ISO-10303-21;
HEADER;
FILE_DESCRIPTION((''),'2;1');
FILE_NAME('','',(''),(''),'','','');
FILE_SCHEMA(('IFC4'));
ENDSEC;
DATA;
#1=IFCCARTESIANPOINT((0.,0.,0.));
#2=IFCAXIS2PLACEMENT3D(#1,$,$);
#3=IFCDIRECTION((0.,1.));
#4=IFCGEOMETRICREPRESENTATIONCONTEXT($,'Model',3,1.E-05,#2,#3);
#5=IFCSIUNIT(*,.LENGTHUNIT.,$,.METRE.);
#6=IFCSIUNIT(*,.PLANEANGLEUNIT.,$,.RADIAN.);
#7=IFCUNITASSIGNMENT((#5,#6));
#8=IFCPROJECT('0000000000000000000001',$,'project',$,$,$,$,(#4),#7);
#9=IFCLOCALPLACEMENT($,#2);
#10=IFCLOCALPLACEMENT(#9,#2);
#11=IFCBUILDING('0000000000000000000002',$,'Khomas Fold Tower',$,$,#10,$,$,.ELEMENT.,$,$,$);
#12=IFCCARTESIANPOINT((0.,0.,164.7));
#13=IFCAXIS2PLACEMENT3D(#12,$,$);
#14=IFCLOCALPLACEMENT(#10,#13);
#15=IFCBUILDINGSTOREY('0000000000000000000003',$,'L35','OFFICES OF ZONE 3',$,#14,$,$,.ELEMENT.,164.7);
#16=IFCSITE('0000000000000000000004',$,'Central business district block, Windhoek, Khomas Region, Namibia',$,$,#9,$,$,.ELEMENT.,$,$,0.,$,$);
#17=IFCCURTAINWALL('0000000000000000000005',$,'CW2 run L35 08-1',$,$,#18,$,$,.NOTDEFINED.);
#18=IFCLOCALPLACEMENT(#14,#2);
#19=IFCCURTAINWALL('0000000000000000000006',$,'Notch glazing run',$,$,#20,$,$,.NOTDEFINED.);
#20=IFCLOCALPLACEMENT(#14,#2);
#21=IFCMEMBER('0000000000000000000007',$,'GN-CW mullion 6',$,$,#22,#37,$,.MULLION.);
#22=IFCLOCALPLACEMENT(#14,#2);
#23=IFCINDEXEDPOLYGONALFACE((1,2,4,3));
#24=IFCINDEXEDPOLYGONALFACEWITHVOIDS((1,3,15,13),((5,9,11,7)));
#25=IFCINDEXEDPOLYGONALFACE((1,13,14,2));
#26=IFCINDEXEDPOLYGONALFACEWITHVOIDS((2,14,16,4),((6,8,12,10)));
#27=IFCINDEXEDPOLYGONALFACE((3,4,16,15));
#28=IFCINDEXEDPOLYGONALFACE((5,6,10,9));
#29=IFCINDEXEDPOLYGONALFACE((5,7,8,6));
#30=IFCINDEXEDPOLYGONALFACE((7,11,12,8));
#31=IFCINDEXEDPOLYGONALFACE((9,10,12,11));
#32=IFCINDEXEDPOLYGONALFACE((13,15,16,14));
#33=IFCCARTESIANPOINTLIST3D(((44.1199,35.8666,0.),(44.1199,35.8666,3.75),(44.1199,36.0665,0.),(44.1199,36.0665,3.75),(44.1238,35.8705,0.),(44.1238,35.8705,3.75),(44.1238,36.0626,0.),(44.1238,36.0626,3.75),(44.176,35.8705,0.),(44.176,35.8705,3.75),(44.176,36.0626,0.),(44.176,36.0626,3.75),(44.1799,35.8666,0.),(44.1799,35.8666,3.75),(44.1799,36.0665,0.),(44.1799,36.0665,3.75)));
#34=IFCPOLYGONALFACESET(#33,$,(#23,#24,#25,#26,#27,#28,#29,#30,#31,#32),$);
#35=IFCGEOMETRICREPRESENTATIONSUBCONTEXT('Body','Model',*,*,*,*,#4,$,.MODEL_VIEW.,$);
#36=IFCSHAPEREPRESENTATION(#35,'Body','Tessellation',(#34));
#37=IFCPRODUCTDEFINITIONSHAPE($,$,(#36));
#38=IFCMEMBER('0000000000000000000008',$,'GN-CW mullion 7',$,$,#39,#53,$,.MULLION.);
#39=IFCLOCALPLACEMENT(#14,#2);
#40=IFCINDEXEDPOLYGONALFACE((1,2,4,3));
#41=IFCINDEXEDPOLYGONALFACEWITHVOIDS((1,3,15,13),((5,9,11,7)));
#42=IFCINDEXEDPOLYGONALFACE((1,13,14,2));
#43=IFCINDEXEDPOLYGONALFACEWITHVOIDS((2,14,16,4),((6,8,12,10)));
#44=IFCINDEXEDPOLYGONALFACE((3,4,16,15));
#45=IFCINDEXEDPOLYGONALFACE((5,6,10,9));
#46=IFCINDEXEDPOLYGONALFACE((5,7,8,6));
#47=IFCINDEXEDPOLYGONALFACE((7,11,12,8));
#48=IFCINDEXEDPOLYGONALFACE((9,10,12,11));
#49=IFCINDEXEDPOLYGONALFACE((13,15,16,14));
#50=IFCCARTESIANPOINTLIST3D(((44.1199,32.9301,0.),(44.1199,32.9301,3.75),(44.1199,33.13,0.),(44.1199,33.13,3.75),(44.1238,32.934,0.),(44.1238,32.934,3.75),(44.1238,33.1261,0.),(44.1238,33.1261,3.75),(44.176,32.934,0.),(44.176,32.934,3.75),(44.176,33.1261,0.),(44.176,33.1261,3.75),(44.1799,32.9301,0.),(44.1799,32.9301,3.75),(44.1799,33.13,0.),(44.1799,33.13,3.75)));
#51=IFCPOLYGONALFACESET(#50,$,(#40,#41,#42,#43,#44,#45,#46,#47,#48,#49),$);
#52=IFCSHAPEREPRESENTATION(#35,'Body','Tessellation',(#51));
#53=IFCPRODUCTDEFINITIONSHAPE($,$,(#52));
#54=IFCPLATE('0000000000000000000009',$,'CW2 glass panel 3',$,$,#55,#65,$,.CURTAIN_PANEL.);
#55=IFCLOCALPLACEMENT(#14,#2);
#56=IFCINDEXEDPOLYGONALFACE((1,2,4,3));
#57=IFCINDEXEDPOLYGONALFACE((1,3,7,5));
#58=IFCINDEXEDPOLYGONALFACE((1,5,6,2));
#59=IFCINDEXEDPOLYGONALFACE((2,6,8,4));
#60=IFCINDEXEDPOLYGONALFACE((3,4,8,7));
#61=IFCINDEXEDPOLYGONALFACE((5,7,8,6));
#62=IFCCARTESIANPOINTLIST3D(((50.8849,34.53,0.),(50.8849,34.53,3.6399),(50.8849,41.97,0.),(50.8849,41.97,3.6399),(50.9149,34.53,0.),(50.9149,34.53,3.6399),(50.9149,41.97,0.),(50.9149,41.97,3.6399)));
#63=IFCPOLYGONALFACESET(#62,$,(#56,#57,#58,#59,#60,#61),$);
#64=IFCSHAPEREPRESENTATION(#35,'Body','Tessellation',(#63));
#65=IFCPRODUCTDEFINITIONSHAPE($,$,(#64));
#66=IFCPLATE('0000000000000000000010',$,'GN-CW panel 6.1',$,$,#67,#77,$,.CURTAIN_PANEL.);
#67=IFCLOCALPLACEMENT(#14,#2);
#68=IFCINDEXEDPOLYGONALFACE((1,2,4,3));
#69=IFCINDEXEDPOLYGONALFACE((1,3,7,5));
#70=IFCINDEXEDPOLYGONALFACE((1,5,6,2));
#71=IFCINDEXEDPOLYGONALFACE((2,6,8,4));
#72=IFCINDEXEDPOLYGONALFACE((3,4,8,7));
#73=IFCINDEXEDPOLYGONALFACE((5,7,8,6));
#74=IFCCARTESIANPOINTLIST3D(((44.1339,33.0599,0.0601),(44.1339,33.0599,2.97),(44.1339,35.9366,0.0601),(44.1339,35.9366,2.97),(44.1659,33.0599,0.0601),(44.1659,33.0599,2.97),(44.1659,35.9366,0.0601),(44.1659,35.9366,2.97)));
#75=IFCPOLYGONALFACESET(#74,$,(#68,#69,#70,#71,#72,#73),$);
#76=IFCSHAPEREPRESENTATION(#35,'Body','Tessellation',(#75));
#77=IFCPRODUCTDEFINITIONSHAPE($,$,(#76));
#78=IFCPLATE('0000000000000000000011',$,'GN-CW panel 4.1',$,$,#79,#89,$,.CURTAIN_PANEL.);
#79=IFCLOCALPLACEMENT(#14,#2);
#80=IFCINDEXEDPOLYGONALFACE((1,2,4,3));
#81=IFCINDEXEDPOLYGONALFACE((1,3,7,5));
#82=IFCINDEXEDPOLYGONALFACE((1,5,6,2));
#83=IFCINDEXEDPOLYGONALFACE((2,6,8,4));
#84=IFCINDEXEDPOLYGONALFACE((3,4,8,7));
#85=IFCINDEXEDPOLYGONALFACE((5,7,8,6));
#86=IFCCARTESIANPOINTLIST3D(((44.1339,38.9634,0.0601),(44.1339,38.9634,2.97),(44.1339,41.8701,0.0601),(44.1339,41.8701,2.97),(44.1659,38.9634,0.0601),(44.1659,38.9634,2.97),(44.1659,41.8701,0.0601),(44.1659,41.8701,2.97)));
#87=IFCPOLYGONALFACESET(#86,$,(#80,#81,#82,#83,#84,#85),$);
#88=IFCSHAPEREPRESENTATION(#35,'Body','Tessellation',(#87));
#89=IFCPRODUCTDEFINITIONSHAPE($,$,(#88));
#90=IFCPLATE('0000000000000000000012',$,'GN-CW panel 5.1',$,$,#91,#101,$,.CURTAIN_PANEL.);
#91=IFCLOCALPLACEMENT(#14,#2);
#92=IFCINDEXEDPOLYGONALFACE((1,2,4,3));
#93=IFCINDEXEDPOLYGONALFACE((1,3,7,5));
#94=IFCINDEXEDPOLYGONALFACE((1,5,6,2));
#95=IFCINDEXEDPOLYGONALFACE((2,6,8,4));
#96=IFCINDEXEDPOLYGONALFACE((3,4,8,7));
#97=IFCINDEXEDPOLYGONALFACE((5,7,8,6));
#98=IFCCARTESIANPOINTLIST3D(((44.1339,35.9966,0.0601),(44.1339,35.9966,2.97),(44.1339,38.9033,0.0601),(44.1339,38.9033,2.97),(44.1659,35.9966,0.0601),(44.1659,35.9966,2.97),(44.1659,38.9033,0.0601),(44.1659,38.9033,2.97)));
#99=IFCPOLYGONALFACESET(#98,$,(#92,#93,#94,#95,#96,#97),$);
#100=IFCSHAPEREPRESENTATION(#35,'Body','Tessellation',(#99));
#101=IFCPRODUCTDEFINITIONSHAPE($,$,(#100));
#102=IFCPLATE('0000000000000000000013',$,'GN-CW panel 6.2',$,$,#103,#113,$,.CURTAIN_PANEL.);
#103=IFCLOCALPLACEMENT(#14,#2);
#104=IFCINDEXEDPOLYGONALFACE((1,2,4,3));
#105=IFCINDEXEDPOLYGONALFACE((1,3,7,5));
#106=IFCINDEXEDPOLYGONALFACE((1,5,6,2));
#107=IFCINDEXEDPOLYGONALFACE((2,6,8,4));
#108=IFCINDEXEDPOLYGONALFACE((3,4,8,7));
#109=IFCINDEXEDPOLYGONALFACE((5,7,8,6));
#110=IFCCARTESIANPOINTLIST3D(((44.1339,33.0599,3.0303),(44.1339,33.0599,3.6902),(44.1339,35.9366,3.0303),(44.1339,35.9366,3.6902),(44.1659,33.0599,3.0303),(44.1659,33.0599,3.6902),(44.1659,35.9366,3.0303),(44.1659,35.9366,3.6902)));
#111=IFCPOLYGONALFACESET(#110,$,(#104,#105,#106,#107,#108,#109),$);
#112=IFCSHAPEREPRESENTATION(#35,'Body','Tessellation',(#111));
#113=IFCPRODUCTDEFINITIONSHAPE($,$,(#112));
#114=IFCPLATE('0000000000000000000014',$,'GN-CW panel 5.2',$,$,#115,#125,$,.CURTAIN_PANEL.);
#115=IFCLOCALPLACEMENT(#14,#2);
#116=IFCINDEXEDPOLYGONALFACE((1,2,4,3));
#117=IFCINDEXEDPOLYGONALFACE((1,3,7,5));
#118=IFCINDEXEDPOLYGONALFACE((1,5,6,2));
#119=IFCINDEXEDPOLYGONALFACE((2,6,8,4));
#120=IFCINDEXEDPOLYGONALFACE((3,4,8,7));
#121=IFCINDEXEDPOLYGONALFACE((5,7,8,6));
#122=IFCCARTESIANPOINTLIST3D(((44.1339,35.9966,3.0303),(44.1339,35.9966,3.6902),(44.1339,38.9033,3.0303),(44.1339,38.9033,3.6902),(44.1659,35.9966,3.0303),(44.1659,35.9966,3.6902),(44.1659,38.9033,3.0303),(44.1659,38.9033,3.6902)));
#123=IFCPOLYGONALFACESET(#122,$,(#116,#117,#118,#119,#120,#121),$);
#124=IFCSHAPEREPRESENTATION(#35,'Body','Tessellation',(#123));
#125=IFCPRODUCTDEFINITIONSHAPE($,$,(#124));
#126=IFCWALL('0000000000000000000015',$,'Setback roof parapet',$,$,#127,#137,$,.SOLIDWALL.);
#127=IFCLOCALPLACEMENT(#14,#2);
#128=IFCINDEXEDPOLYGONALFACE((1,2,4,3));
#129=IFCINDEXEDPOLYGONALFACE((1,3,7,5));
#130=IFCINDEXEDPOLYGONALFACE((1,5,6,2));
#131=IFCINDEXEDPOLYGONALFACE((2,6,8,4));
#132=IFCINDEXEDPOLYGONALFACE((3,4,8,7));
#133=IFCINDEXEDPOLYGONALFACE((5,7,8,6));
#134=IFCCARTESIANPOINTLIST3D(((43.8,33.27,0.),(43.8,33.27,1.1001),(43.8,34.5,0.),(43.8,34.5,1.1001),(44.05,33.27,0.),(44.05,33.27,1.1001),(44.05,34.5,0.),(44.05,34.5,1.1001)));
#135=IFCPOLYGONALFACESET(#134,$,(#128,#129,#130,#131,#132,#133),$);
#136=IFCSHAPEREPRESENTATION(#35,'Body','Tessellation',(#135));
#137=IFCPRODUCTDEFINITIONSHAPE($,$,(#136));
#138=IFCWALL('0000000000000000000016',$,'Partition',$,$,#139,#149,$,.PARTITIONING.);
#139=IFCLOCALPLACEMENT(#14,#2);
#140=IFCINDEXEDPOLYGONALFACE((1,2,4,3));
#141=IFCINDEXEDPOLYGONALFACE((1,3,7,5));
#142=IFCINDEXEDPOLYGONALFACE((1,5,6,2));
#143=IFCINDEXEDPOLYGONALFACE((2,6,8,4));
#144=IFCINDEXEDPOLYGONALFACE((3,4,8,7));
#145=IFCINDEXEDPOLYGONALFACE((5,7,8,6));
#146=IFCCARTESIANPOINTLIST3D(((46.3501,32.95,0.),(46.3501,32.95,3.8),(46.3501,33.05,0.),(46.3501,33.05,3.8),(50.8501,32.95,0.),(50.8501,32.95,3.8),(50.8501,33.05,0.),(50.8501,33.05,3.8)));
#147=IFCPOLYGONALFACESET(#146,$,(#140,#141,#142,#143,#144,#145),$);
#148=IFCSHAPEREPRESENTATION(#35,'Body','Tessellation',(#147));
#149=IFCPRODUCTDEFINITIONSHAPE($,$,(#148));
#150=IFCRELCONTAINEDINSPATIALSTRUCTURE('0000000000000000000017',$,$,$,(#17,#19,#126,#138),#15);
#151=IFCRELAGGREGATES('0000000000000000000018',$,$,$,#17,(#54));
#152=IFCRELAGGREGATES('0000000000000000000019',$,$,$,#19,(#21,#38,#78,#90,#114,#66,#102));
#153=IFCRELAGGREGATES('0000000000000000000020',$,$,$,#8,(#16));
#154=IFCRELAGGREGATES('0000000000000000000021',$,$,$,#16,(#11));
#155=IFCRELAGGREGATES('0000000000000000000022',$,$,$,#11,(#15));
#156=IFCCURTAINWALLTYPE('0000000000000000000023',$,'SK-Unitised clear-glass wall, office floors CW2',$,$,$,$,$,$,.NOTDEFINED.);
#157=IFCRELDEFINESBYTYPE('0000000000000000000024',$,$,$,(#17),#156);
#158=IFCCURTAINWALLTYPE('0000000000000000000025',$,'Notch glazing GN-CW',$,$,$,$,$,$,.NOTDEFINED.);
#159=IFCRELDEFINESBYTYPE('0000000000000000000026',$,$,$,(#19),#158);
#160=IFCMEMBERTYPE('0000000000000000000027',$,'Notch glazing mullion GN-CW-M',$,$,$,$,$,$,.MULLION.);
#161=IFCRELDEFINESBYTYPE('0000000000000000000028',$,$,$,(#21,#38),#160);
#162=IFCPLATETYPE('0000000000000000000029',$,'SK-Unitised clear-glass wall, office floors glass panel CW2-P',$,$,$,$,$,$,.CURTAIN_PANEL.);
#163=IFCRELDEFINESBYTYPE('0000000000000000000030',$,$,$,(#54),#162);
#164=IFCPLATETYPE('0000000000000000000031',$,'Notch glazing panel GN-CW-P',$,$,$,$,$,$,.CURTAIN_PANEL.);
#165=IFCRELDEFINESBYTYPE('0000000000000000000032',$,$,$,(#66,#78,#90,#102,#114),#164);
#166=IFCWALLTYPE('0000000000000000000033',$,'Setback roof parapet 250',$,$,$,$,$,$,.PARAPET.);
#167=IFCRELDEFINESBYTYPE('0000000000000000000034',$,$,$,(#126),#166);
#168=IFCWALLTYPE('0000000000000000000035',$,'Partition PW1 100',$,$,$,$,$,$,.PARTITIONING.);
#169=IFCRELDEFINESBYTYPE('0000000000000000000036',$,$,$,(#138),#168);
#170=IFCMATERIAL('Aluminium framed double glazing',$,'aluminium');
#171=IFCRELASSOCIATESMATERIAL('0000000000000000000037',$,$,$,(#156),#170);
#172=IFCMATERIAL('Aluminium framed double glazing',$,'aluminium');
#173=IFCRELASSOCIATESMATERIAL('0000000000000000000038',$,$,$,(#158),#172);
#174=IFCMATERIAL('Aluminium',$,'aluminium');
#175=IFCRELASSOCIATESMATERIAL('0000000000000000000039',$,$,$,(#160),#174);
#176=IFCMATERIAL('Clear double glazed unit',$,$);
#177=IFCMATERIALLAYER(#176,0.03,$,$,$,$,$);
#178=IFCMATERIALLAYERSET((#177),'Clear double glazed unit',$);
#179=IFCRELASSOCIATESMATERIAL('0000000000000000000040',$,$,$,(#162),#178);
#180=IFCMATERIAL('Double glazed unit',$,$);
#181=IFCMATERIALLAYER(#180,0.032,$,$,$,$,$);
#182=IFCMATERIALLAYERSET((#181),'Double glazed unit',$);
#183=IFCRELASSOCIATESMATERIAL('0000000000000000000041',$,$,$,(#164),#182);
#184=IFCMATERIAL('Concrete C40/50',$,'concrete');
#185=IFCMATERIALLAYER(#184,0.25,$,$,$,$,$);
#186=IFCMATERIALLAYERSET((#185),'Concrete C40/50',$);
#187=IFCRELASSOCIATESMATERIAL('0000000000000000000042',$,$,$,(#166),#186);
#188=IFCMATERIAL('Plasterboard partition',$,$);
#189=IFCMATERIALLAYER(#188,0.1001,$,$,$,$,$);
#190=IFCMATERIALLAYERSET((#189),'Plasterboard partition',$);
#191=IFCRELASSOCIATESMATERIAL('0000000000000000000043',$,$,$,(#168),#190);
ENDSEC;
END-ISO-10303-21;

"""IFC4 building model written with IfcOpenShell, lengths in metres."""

from ifc_helpers import new_model, si_unit, direction, frame, frame_2d, origin, origin_2d, place, context, subcontext, project, spatial, rectangle, hollow_rectangle, extrude, source, transform, mapped, material, layer, layer_set, material_profile, profile_set, type_object, element, aggregate, save


model = new_model("IFC4")

# Units and contexts
model_context = context("Model", 3, precision=1e-05, world=origin(), true_north=direction((0.0, 1.0)))
body_context = subcontext(model_context, "Body", "Model", "MODEL_VIEW")
ifc_project = project(units=[si_unit("LENGTHUNIT", "METRE"), si_unit("PLANEANGLEUNIT", "RADIAN")], contexts=[model_context])

# Site, building, storey
site_placement = place(None, origin())
site = spatial("IfcSite", under=ifc_project, at=site_placement, Name="Central business district block, Windhoek, Khomas Region, Namibia", CompositionType="ELEMENT", RefElevation=0.0)
building_placement = place(site_placement, origin())
building = spatial("IfcBuilding", under=site, at=building_placement, Name="Khomas Fold Tower", CompositionType="ELEMENT")
storey_placement = place(building_placement, frame((0.0, 0.0, 164.7)))
storey = spatial("IfcBuildingStorey", under=building, at=storey_placement, Name="L35", Description="OFFICES OF ZONE 3", CompositionType="ELEMENT", Elevation=164.7)

# Curtain walls, members
ifc_material_1 = material(Name="Aluminium framed double glazing", Category="aluminium")
curtain_wall_type_1 = type_object("IfcCurtainWallType", Name="SK-Unitised clear-glass wall, office floors CW2", PredefinedType="NOTDEFINED", material=ifc_material_1)
curtain_wall_1_placement = place(storey_placement, origin())
curtain_wall_1 = element("IfcCurtainWall", 1, at=curtain_wall_1_placement, inside=storey, type_object=curtain_wall_type_1, Name="CW2 run L35 08-1", PredefinedType="NOTDEFINED")
ifc_material_2 = material(Name="Aluminium framed double glazing", Category="aluminium")
curtain_wall_type_2 = type_object("IfcCurtainWallType", Name="Notch glazing GN-CW", PredefinedType="NOTDEFINED", material=ifc_material_2)
curtain_wall_2_placement = place(storey_placement, origin())
curtain_wall_2 = element("IfcCurtainWall", 2, at=curtain_wall_2_placement, inside=storey, type_object=curtain_wall_type_2, Name="Notch glazing run", PredefinedType="NOTDEFINED")
ifc_material_3 = material(Name="Aluminium", Category="aluminium")
ifc_material_profile_1 = material_profile(ifc_material_3, hollow_rectangle(XDim=0.0601, YDim=0.2, WallThickness=0.0039, at=origin_2d()), Name="Notch glazing mullion GN-CW-M")
ifc_profile_set_1 = profile_set([ifc_material_profile_1], Name="Aluminium")
member_type_1 = type_object("IfcMemberType", Name="Notch glazing mullion GN-CW-M", PredefinedType="MULLION", material=ifc_profile_set_1)
shared_shape_1 = source(origin(), body_context, "Body", "SweptSolid", [
    extrude(hollow_rectangle(XDim=0.0601, YDim=0.2, WallThickness=0.0039, at=origin_2d()), origin(), (0.0, 0.0, 1.0), 3.75),
])
member_1_placement = place(storey_placement, frame((44.1499, 35.9666, 0.0), z_axis=(0.0, 0.0, 1.0), x_axis=(1.0, 0.0, 0.0)))
member_1 = element("IfcMember", 3, at=member_1_placement, type_object=member_type_1, Name="GN-CW mullion 6", PredefinedType="MULLION", context=body_context, shape_type="MappedRepresentation", body=[
    mapped(shared_shape_1, transform((0.0, 0.0, 0.0))),
])
member_2_placement = place(storey_placement, frame((44.1499, 33.03, 0.0), z_axis=(0.0, 0.0, 1.0), x_axis=(1.0, 0.0, 0.0)))
member_2 = element("IfcMember", 4, at=member_2_placement, type_object=member_type_1, Name="GN-CW mullion 7", PredefinedType="MULLION", context=body_context, shape_type="MappedRepresentation", body=[
    mapped(shared_shape_1, transform((0.0, 0.0, 0.0))),
])

# Plates
ifc_material_4 = material(Name="Clear double glazed unit")
ifc_layer_1 = layer(ifc_material_4, 0.03)
ifc_layer_set_1 = layer_set([ifc_layer_1], Name="Clear double glazed unit")
plate_type_1 = type_object("IfcPlateType", Name="SK-Unitised clear-glass wall, office floors glass panel CW2-P", PredefinedType="CURTAIN_PANEL", material=ifc_layer_set_1)
shared_shape_2 = source(origin(), body_context, "Body", "SweptSolid", [
    extrude(rectangle(XDim=7.4399, YDim=0.03, at=origin_2d()), origin(), (0.0, 0.0, 1.0), 3.6399),
])
plate_1_placement = place(storey_placement, frame((50.8999, 38.25, 0.0), z_axis=(0.0, 0.0, 1.0), x_axis=(0.0, 1.0, 0.0)))
plate_1 = element("IfcPlate", 5, at=plate_1_placement, type_object=plate_type_1, Name="CW2 glass panel 3", PredefinedType="CURTAIN_PANEL", context=body_context, shape_type="MappedRepresentation", body=[
    mapped(shared_shape_2, transform((0.0, 0.0, 0.0))),
])
aggregate(curtain_wall_1, [plate_1])
ifc_material_5 = material(Name="Double glazed unit")
ifc_layer_2 = layer(ifc_material_5, 0.032)
ifc_layer_set_2 = layer_set([ifc_layer_2], Name="Double glazed unit")
plate_type_2 = type_object("IfcPlateType", Name="Notch glazing panel GN-CW-P", PredefinedType="CURTAIN_PANEL", material=ifc_layer_set_2)
shared_shape_3 = source(origin(), body_context, "Body", "SweptSolid", [
    extrude(rectangle(XDim=2.8767, YDim=0.032, at=origin_2d()), origin(), (0.0, 0.0, 1.0), 2.9099),
])
plate_2_placement = place(storey_placement, frame((44.1499, 34.4983, 0.0601), z_axis=(0.0, 0.0, 1.0), x_axis=(0.0, -1.0, 0.0)))
plate_2 = element("IfcPlate", 6, at=plate_2_placement, type_object=plate_type_2, Name="GN-CW panel 6.1", PredefinedType="CURTAIN_PANEL", context=body_context, shape_type="MappedRepresentation", body=[
    mapped(shared_shape_3, transform((0.0, 0.0, 0.0))),
])
shared_shape_4 = source(origin(), body_context, "Body", "SweptSolid", [
    extrude(rectangle(XDim=2.9067, YDim=0.032, at=origin_2d()), origin(), (0.0, 0.0, 1.0), 2.9099),
])
plate_3_placement = place(storey_placement, frame((44.1499, 40.4167, 0.0601), z_axis=(0.0, 0.0, 1.0), x_axis=(0.0, -1.0, 0.0)))
plate_3 = element("IfcPlate", 7, at=plate_3_placement, type_object=plate_type_2, Name="GN-CW panel 4.1", PredefinedType="CURTAIN_PANEL", context=body_context, shape_type="MappedRepresentation", body=[
    mapped(shared_shape_4, transform((0.0, 0.0, 0.0))),
])
plate_4_placement = place(storey_placement, frame((44.1499, 37.45, 0.0601), z_axis=(0.0, 0.0, 1.0), x_axis=(0.0, -1.0, 0.0)))
plate_4 = element("IfcPlate", 8, at=plate_4_placement, type_object=plate_type_2, Name="GN-CW panel 5.1", PredefinedType="CURTAIN_PANEL", context=body_context, shape_type="MappedRepresentation", body=[
    mapped(shared_shape_4, transform((0.0, 0.0, 0.0))),
])
shared_shape_5 = source(origin(), body_context, "Body", "SweptSolid", [
    extrude(rectangle(XDim=2.8767, YDim=0.032, at=origin_2d()), origin(), (0.0, 0.0, 1.0), 0.6599),
])
plate_5_placement = place(storey_placement, frame((44.1499, 34.4983, 3.0303), z_axis=(0.0, 0.0, 1.0), x_axis=(0.0, -1.0, 0.0)))
plate_5 = element("IfcPlate", 9, at=plate_5_placement, type_object=plate_type_2, Name="GN-CW panel 6.2", PredefinedType="CURTAIN_PANEL", context=body_context, shape_type="MappedRepresentation", body=[
    mapped(shared_shape_5, transform((0.0, 0.0, 0.0))),
])
shared_shape_6 = source(origin(), body_context, "Body", "SweptSolid", [
    extrude(rectangle(XDim=2.9067, YDim=0.032, at=origin_2d()), origin(), (0.0, 0.0, 1.0), 0.6599),
])
plate_6_placement = place(storey_placement, frame((44.1499, 37.45, 3.0303), z_axis=(0.0, 0.0, 1.0), x_axis=(0.0, -1.0, 0.0)))
plate_6 = element("IfcPlate", 10, at=plate_6_placement, type_object=plate_type_2, Name="GN-CW panel 5.2", PredefinedType="CURTAIN_PANEL", context=body_context, shape_type="MappedRepresentation", body=[
    mapped(shared_shape_6, transform((0.0, 0.0, 0.0))),
])
aggregate(curtain_wall_2, [member_1, member_2, plate_3, plate_4, plate_6, plate_2, plate_5])

# Walls
ifc_material_6 = material(Name="Concrete C40/50", Category="concrete")
ifc_layer_3 = layer(ifc_material_6, 0.25)
ifc_layer_set_3 = layer_set([ifc_layer_3], Name="Concrete C40/50")
wall_type_1 = type_object("IfcWallType", Name="Setback roof parapet 250", PredefinedType="PARAPET", material=ifc_layer_set_3)
shared_shape_7 = source(origin(), body_context, "Body", "SweptSolid", [
    extrude(rectangle(XDim=1.23, YDim=0.25, at=frame_2d((0.615, 0.0))), origin(), (0.0, 0.0, 1.0), 1.1001),
])
wall_1_placement = place(storey_placement, frame((43.925, 33.27, 0.0), z_axis=(0.0, 0.0, 1.0), x_axis=(0.0, 1.0, 0.0)))
element("IfcWall", 11, at=wall_1_placement, inside=storey, type_object=wall_type_1, Name="Setback roof parapet", PredefinedType="SOLIDWALL", context=body_context, shape_type="MappedRepresentation", body=[
    mapped(shared_shape_7, transform((0.0, 0.0, 0.0))),
])
ifc_material_7 = material(Name="Plasterboard partition")
ifc_layer_4 = layer(ifc_material_7, 0.1001)
ifc_layer_set_4 = layer_set([ifc_layer_4], Name="Plasterboard partition")
wall_type_2 = type_object("IfcWallType", Name="Partition PW1 100", PredefinedType="PARTITIONING", material=ifc_layer_set_4)
shared_shape_8 = source(origin(), body_context, "Body", "SweptSolid", [
    extrude(rectangle(XDim=4.5, YDim=0.1001, at=frame_2d((2.25, 0.0))), origin(), (0.0, 0.0, 1.0), 3.8),
])
wall_2_placement = place(storey_placement, frame((46.3501, 33.0, 0.0), z_axis=(0.0, 0.0, 1.0), x_axis=(1.0, 0.0, 0.0)))
element("IfcWall", 12, at=wall_2_placement, inside=storey, type_object=wall_type_2, Name="Partition", PredefinedType="PARTITIONING", context=body_context, shape_type="MappedRepresentation", body=[
    mapped(shared_shape_8, transform((0.0, 0.0, 0.0))),
])

save(model, "model.ifc")
